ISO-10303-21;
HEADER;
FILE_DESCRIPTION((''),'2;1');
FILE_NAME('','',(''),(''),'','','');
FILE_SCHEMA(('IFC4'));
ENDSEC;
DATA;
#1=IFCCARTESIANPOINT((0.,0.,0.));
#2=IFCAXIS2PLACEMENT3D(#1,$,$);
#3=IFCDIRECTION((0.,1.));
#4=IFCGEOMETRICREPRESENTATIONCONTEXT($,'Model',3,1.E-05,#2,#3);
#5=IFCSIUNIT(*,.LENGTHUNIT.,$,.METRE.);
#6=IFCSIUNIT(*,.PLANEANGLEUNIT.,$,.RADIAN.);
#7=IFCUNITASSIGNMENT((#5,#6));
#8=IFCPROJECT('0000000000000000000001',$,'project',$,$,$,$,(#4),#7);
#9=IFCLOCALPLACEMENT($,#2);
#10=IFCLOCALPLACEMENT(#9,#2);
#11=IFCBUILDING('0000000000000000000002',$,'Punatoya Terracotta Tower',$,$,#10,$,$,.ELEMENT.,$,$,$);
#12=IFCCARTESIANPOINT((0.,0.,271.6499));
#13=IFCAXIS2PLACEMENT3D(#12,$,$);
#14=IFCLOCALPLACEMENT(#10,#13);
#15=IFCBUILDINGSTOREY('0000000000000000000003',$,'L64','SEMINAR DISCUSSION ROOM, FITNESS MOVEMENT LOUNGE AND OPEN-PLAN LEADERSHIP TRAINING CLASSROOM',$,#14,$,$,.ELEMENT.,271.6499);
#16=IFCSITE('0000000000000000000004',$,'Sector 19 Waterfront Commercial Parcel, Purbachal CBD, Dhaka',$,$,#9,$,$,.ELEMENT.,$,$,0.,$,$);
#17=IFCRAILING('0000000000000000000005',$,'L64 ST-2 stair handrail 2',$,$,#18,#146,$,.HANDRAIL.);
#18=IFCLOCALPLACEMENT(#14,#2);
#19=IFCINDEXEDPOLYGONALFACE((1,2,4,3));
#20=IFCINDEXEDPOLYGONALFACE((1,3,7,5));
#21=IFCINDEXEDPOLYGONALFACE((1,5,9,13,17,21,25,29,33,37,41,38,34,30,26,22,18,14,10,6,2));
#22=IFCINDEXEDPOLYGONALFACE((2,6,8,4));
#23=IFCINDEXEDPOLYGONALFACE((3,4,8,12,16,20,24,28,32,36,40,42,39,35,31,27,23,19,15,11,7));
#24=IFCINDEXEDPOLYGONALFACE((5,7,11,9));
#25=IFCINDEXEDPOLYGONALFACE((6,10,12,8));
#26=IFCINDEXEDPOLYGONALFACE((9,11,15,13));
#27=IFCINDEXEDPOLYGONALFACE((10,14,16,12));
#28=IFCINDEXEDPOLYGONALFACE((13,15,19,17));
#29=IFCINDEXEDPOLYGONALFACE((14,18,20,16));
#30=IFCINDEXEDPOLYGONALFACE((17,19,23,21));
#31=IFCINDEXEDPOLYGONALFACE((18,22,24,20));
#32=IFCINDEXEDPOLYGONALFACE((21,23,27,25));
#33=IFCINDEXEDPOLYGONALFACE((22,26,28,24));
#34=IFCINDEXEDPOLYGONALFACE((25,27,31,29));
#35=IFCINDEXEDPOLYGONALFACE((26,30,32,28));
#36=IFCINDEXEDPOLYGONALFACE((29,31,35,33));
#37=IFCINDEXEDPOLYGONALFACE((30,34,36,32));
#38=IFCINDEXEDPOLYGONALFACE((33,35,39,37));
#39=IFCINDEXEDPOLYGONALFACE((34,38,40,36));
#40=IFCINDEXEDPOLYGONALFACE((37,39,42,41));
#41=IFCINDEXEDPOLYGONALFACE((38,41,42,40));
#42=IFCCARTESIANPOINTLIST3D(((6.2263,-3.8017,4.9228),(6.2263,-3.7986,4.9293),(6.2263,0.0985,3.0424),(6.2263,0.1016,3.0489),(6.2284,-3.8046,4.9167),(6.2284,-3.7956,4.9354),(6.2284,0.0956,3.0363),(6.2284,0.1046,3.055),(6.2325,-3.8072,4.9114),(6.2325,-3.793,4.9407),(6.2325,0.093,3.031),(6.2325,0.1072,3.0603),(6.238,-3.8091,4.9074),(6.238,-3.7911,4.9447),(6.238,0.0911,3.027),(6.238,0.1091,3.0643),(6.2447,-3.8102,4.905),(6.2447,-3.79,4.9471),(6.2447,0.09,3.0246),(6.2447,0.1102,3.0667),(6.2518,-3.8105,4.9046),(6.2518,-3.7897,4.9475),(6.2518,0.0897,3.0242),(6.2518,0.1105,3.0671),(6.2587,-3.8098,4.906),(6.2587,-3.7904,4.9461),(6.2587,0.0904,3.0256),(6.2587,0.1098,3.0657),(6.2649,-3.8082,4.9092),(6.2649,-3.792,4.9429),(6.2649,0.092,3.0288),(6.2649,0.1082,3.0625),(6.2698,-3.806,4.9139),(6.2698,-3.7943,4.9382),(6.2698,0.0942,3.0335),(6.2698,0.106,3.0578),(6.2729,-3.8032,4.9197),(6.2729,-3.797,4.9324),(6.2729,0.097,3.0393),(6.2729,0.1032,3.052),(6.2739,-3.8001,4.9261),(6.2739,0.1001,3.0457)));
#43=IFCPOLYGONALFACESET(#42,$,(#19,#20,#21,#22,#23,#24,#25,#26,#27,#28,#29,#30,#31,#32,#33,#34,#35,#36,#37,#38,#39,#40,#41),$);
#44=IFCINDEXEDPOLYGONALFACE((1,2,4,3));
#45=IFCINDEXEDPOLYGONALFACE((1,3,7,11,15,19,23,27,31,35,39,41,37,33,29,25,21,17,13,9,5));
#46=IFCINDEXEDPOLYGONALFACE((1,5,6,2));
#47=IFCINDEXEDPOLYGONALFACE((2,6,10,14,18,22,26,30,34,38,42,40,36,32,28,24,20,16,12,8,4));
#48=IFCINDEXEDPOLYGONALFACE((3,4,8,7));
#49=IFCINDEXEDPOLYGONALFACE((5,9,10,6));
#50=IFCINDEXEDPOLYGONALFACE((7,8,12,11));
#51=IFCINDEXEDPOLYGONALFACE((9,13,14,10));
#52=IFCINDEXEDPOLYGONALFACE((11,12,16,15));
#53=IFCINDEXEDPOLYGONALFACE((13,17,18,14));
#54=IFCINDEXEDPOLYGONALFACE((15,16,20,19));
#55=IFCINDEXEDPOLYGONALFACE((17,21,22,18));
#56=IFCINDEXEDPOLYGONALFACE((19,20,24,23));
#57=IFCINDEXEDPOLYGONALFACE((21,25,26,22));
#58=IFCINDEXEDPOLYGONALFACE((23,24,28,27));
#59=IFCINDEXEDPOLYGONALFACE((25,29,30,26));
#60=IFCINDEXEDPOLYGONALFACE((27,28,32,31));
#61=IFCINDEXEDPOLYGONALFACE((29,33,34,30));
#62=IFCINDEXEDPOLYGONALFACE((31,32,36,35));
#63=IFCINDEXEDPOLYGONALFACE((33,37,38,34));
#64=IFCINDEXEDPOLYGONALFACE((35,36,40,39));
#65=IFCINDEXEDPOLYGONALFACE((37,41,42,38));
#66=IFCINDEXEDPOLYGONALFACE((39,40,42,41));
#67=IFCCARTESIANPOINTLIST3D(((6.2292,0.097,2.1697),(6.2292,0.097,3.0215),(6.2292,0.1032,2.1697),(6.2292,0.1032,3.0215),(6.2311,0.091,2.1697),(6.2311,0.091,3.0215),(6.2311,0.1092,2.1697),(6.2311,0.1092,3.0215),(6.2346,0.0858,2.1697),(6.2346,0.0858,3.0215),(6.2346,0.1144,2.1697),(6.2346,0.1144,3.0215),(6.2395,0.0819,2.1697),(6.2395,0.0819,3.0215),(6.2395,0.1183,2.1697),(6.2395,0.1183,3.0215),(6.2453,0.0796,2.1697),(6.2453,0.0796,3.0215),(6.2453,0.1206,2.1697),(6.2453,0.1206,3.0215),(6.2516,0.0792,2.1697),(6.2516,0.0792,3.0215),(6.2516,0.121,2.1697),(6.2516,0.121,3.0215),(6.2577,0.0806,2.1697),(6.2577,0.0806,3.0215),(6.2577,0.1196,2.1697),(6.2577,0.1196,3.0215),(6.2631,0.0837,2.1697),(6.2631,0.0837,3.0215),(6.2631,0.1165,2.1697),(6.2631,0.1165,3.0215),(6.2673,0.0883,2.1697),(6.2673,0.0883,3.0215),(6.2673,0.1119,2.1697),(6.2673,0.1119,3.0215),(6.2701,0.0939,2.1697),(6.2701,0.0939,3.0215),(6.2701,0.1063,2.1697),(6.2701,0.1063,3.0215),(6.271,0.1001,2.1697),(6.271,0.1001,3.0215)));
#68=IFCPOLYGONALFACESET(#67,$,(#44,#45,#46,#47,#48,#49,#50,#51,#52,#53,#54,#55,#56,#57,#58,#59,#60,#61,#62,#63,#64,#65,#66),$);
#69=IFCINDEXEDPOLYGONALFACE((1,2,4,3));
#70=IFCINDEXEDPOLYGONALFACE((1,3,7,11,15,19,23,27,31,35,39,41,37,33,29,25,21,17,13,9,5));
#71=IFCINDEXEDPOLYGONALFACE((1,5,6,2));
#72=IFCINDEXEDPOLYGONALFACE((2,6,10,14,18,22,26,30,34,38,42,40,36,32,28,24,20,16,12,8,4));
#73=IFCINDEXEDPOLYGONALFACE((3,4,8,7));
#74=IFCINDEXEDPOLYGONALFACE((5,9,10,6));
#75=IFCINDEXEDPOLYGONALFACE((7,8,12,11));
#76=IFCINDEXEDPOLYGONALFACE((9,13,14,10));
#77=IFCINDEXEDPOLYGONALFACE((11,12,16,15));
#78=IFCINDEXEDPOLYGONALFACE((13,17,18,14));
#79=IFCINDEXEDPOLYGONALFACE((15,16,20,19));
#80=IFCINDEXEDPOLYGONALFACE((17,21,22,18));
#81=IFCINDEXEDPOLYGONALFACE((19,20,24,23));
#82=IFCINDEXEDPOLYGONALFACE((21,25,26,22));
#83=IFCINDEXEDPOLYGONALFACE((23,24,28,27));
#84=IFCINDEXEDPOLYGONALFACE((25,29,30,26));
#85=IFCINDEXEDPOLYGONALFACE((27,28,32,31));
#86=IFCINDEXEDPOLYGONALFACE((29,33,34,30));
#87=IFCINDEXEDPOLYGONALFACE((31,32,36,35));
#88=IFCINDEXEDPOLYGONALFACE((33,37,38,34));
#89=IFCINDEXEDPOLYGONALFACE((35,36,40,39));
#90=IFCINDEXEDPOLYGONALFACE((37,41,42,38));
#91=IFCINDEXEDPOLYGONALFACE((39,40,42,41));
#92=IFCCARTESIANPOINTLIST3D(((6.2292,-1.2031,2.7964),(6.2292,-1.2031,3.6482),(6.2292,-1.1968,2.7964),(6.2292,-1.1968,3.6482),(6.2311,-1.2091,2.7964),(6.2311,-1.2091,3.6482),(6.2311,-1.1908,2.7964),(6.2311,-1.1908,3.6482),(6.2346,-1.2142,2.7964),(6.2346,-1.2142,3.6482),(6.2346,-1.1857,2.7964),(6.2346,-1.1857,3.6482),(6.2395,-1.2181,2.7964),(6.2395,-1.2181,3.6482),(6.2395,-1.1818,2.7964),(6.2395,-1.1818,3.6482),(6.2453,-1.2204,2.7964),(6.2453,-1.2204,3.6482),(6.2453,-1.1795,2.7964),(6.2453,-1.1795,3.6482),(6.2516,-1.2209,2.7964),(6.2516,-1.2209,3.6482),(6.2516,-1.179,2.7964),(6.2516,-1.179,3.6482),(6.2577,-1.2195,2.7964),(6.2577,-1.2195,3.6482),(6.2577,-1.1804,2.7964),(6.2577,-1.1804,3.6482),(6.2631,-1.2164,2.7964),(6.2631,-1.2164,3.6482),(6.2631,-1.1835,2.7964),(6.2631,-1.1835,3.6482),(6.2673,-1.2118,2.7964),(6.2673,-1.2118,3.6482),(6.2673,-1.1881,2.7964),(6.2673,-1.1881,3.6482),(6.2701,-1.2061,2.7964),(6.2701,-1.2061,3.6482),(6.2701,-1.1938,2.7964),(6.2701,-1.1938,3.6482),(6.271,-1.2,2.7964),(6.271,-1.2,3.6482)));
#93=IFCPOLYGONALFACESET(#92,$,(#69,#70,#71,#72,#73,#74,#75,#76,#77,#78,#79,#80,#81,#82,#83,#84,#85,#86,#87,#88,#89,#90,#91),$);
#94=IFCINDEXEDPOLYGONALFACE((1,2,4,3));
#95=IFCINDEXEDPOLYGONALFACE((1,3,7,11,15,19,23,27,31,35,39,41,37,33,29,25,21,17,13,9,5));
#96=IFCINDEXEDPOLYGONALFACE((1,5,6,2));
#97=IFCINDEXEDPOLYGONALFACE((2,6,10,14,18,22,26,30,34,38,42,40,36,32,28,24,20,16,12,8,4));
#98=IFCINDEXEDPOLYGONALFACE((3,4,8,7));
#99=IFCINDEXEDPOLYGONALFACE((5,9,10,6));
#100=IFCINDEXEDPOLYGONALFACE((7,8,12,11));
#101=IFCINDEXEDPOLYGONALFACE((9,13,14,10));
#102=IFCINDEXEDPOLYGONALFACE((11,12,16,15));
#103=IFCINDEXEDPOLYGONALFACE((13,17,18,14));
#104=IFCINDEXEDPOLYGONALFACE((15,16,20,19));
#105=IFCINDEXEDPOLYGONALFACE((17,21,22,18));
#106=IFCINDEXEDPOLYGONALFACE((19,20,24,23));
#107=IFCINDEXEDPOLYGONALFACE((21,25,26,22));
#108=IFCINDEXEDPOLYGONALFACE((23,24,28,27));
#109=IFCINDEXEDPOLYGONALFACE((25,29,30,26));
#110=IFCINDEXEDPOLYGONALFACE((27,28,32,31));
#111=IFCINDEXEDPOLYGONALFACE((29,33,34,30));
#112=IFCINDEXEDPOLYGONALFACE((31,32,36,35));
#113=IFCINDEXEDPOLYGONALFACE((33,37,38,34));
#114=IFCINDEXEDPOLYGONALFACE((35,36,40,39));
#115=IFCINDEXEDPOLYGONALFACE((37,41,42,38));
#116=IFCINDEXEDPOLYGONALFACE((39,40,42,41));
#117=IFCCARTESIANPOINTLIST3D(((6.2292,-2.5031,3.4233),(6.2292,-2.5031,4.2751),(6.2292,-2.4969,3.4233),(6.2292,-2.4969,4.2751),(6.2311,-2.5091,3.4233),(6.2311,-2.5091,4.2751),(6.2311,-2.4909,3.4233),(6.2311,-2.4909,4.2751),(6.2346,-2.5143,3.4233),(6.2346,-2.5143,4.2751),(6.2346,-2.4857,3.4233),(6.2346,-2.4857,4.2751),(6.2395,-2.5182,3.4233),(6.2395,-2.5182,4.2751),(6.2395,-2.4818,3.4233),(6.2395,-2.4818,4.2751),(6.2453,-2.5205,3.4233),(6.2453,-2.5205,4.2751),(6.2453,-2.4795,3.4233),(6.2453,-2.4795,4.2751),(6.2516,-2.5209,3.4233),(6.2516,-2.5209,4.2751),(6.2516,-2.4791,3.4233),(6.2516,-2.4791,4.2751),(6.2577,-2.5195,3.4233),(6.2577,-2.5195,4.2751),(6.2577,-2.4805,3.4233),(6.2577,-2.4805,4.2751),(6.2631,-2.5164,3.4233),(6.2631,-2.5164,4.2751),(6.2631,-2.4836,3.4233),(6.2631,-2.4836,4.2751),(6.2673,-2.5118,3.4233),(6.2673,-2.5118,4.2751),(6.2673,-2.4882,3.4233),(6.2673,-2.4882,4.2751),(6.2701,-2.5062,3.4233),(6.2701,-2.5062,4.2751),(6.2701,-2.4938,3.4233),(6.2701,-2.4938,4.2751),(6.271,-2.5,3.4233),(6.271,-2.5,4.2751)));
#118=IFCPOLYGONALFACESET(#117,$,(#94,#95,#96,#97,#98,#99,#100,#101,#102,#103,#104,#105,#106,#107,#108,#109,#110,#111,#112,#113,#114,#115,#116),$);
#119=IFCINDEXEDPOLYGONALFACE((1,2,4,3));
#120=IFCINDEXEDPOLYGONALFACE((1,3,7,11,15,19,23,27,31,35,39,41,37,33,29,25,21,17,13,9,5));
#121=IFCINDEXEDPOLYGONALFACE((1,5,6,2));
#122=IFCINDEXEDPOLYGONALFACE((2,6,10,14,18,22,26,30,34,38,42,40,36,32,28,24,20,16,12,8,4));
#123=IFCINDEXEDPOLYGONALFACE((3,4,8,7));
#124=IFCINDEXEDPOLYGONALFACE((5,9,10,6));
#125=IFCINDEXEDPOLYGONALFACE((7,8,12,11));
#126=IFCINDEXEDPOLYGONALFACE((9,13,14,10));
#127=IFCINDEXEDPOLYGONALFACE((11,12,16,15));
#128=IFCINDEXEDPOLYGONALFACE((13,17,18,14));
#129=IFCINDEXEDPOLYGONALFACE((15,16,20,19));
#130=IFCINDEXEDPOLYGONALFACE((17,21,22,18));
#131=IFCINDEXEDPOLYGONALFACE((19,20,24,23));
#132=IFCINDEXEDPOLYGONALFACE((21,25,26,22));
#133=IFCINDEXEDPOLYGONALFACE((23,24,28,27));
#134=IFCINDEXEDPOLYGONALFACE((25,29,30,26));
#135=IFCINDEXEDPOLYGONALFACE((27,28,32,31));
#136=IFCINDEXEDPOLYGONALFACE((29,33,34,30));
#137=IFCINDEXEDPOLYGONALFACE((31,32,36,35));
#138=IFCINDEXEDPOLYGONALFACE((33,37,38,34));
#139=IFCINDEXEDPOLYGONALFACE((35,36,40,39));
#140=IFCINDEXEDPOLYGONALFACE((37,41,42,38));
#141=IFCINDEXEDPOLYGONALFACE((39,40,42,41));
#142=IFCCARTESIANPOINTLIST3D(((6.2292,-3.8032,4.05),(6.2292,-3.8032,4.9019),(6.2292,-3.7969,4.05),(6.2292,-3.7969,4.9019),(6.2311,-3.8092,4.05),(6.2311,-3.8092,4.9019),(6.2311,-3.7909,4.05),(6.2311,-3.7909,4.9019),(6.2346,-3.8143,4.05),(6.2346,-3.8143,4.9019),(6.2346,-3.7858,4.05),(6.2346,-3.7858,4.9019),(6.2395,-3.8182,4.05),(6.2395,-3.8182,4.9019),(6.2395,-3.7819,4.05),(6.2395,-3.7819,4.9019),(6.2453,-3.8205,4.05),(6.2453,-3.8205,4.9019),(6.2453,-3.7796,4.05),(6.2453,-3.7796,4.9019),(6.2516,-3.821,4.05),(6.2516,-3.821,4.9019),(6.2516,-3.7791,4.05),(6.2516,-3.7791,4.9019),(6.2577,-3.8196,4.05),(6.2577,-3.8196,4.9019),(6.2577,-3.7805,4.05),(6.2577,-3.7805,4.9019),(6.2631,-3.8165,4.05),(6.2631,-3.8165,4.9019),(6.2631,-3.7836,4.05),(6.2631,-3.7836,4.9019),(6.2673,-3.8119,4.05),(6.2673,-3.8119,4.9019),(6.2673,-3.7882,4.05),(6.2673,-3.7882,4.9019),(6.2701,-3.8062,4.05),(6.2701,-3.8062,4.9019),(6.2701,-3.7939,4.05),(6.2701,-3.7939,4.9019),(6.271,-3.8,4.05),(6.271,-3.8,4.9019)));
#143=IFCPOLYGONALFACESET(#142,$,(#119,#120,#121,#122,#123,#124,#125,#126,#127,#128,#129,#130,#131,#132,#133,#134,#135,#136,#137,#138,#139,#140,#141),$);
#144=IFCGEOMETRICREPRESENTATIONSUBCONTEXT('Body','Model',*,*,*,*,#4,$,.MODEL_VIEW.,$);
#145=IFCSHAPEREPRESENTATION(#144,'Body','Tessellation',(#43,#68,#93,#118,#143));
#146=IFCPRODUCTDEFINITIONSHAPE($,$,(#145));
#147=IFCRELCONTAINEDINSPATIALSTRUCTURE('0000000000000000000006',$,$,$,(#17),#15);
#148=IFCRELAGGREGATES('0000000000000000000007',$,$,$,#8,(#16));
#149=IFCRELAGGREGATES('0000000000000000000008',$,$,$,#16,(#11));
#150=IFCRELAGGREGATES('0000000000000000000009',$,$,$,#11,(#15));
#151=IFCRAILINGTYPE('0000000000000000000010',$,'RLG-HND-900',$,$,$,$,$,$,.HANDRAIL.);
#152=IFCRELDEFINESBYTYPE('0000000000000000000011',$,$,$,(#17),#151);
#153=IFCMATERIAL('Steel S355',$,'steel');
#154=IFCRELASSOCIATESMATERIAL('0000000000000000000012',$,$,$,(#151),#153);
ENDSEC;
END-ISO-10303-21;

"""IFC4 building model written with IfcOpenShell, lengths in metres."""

from ifc_helpers import new_model, si_unit, direction, frame, origin, origin_2d, place, context, subcontext, project, spatial, circle, extrude, material, type_object, element, save


model = new_model("IFC4")

# Units and contexts
model_context = context("Model", 3, precision=1e-05, world=origin(), true_north=direction((0.0, 1.0)))
body_context = subcontext(model_context, "Body", "Model", "MODEL_VIEW")
ifc_project = project(units=[si_unit("LENGTHUNIT", "METRE"), si_unit("PLANEANGLEUNIT", "RADIAN")], contexts=[model_context])

# Site, building, storey
site_placement = place(None, origin())
site = spatial("IfcSite", under=ifc_project, at=site_placement, Name="Sector 19 Waterfront Commercial Parcel, Purbachal CBD, Dhaka", CompositionType="ELEMENT", RefElevation=0.0)
building_placement = place(site_placement, origin())
building = spatial("IfcBuilding", under=site, at=building_placement, Name="Punatoya Terracotta Tower", CompositionType="ELEMENT")
storey_placement = place(building_placement, frame((0.0, 0.0, 271.6499)))
storey = spatial("IfcBuildingStorey", under=building, at=storey_placement, Name="L64", Description="SEMINAR DISCUSSION ROOM, FITNESS MOVEMENT LOUNGE AND OPEN-PLAN LEADERSHIP TRAINING CLASSROOM", CompositionType="ELEMENT", Elevation=271.6499)

# Shared definitions
ifc_material_1 = material(Name="Steel S355", Category="steel")

# Railing
railing_type_1 = type_object("IfcRailingType", Name="RLG-HND-900", PredefinedType="HANDRAIL", material=ifc_material_1)
railing_1_placement = place(storey_placement, frame((6.25, 0.1001, 2.1697)))
element("IfcRailing", 1, at=railing_1_placement, inside=storey, type_object=railing_type_1, Name="L64 ST-2 stair handrail 2", PredefinedType="HANDRAIL", context=body_context, shape_type="SweptSolid", body=[
    extrude(circle(Radius=0.0239, at=origin_2d()), frame((0.0, 0.0, 0.876), z_axis=(0.0, -0.900774, 0.434289), x_axis=(1.0, 0.0, 0.0)), (0.0, 0.0, 1.0), 4.3298),
    extrude(circle(Radius=0.021, at=origin_2d()), origin(), (0.0, 0.0, 1.0), 0.8518),
    extrude(circle(Radius=0.021, at=origin_2d()), frame((0.0, -1.3, 0.6267)), (0.0, 0.0, 1.0), 0.8518),
    extrude(circle(Radius=0.021, at=origin_2d()), frame((0.0, -2.6001, 1.2537)), (0.0, 0.0, 1.0), 0.8518),
    extrude(circle(Radius=0.021, at=origin_2d()), frame((0.0, -3.9001, 1.8804)), (0.0, 0.0, 1.0), 0.8518),
])

save(model, "model.ifc")
